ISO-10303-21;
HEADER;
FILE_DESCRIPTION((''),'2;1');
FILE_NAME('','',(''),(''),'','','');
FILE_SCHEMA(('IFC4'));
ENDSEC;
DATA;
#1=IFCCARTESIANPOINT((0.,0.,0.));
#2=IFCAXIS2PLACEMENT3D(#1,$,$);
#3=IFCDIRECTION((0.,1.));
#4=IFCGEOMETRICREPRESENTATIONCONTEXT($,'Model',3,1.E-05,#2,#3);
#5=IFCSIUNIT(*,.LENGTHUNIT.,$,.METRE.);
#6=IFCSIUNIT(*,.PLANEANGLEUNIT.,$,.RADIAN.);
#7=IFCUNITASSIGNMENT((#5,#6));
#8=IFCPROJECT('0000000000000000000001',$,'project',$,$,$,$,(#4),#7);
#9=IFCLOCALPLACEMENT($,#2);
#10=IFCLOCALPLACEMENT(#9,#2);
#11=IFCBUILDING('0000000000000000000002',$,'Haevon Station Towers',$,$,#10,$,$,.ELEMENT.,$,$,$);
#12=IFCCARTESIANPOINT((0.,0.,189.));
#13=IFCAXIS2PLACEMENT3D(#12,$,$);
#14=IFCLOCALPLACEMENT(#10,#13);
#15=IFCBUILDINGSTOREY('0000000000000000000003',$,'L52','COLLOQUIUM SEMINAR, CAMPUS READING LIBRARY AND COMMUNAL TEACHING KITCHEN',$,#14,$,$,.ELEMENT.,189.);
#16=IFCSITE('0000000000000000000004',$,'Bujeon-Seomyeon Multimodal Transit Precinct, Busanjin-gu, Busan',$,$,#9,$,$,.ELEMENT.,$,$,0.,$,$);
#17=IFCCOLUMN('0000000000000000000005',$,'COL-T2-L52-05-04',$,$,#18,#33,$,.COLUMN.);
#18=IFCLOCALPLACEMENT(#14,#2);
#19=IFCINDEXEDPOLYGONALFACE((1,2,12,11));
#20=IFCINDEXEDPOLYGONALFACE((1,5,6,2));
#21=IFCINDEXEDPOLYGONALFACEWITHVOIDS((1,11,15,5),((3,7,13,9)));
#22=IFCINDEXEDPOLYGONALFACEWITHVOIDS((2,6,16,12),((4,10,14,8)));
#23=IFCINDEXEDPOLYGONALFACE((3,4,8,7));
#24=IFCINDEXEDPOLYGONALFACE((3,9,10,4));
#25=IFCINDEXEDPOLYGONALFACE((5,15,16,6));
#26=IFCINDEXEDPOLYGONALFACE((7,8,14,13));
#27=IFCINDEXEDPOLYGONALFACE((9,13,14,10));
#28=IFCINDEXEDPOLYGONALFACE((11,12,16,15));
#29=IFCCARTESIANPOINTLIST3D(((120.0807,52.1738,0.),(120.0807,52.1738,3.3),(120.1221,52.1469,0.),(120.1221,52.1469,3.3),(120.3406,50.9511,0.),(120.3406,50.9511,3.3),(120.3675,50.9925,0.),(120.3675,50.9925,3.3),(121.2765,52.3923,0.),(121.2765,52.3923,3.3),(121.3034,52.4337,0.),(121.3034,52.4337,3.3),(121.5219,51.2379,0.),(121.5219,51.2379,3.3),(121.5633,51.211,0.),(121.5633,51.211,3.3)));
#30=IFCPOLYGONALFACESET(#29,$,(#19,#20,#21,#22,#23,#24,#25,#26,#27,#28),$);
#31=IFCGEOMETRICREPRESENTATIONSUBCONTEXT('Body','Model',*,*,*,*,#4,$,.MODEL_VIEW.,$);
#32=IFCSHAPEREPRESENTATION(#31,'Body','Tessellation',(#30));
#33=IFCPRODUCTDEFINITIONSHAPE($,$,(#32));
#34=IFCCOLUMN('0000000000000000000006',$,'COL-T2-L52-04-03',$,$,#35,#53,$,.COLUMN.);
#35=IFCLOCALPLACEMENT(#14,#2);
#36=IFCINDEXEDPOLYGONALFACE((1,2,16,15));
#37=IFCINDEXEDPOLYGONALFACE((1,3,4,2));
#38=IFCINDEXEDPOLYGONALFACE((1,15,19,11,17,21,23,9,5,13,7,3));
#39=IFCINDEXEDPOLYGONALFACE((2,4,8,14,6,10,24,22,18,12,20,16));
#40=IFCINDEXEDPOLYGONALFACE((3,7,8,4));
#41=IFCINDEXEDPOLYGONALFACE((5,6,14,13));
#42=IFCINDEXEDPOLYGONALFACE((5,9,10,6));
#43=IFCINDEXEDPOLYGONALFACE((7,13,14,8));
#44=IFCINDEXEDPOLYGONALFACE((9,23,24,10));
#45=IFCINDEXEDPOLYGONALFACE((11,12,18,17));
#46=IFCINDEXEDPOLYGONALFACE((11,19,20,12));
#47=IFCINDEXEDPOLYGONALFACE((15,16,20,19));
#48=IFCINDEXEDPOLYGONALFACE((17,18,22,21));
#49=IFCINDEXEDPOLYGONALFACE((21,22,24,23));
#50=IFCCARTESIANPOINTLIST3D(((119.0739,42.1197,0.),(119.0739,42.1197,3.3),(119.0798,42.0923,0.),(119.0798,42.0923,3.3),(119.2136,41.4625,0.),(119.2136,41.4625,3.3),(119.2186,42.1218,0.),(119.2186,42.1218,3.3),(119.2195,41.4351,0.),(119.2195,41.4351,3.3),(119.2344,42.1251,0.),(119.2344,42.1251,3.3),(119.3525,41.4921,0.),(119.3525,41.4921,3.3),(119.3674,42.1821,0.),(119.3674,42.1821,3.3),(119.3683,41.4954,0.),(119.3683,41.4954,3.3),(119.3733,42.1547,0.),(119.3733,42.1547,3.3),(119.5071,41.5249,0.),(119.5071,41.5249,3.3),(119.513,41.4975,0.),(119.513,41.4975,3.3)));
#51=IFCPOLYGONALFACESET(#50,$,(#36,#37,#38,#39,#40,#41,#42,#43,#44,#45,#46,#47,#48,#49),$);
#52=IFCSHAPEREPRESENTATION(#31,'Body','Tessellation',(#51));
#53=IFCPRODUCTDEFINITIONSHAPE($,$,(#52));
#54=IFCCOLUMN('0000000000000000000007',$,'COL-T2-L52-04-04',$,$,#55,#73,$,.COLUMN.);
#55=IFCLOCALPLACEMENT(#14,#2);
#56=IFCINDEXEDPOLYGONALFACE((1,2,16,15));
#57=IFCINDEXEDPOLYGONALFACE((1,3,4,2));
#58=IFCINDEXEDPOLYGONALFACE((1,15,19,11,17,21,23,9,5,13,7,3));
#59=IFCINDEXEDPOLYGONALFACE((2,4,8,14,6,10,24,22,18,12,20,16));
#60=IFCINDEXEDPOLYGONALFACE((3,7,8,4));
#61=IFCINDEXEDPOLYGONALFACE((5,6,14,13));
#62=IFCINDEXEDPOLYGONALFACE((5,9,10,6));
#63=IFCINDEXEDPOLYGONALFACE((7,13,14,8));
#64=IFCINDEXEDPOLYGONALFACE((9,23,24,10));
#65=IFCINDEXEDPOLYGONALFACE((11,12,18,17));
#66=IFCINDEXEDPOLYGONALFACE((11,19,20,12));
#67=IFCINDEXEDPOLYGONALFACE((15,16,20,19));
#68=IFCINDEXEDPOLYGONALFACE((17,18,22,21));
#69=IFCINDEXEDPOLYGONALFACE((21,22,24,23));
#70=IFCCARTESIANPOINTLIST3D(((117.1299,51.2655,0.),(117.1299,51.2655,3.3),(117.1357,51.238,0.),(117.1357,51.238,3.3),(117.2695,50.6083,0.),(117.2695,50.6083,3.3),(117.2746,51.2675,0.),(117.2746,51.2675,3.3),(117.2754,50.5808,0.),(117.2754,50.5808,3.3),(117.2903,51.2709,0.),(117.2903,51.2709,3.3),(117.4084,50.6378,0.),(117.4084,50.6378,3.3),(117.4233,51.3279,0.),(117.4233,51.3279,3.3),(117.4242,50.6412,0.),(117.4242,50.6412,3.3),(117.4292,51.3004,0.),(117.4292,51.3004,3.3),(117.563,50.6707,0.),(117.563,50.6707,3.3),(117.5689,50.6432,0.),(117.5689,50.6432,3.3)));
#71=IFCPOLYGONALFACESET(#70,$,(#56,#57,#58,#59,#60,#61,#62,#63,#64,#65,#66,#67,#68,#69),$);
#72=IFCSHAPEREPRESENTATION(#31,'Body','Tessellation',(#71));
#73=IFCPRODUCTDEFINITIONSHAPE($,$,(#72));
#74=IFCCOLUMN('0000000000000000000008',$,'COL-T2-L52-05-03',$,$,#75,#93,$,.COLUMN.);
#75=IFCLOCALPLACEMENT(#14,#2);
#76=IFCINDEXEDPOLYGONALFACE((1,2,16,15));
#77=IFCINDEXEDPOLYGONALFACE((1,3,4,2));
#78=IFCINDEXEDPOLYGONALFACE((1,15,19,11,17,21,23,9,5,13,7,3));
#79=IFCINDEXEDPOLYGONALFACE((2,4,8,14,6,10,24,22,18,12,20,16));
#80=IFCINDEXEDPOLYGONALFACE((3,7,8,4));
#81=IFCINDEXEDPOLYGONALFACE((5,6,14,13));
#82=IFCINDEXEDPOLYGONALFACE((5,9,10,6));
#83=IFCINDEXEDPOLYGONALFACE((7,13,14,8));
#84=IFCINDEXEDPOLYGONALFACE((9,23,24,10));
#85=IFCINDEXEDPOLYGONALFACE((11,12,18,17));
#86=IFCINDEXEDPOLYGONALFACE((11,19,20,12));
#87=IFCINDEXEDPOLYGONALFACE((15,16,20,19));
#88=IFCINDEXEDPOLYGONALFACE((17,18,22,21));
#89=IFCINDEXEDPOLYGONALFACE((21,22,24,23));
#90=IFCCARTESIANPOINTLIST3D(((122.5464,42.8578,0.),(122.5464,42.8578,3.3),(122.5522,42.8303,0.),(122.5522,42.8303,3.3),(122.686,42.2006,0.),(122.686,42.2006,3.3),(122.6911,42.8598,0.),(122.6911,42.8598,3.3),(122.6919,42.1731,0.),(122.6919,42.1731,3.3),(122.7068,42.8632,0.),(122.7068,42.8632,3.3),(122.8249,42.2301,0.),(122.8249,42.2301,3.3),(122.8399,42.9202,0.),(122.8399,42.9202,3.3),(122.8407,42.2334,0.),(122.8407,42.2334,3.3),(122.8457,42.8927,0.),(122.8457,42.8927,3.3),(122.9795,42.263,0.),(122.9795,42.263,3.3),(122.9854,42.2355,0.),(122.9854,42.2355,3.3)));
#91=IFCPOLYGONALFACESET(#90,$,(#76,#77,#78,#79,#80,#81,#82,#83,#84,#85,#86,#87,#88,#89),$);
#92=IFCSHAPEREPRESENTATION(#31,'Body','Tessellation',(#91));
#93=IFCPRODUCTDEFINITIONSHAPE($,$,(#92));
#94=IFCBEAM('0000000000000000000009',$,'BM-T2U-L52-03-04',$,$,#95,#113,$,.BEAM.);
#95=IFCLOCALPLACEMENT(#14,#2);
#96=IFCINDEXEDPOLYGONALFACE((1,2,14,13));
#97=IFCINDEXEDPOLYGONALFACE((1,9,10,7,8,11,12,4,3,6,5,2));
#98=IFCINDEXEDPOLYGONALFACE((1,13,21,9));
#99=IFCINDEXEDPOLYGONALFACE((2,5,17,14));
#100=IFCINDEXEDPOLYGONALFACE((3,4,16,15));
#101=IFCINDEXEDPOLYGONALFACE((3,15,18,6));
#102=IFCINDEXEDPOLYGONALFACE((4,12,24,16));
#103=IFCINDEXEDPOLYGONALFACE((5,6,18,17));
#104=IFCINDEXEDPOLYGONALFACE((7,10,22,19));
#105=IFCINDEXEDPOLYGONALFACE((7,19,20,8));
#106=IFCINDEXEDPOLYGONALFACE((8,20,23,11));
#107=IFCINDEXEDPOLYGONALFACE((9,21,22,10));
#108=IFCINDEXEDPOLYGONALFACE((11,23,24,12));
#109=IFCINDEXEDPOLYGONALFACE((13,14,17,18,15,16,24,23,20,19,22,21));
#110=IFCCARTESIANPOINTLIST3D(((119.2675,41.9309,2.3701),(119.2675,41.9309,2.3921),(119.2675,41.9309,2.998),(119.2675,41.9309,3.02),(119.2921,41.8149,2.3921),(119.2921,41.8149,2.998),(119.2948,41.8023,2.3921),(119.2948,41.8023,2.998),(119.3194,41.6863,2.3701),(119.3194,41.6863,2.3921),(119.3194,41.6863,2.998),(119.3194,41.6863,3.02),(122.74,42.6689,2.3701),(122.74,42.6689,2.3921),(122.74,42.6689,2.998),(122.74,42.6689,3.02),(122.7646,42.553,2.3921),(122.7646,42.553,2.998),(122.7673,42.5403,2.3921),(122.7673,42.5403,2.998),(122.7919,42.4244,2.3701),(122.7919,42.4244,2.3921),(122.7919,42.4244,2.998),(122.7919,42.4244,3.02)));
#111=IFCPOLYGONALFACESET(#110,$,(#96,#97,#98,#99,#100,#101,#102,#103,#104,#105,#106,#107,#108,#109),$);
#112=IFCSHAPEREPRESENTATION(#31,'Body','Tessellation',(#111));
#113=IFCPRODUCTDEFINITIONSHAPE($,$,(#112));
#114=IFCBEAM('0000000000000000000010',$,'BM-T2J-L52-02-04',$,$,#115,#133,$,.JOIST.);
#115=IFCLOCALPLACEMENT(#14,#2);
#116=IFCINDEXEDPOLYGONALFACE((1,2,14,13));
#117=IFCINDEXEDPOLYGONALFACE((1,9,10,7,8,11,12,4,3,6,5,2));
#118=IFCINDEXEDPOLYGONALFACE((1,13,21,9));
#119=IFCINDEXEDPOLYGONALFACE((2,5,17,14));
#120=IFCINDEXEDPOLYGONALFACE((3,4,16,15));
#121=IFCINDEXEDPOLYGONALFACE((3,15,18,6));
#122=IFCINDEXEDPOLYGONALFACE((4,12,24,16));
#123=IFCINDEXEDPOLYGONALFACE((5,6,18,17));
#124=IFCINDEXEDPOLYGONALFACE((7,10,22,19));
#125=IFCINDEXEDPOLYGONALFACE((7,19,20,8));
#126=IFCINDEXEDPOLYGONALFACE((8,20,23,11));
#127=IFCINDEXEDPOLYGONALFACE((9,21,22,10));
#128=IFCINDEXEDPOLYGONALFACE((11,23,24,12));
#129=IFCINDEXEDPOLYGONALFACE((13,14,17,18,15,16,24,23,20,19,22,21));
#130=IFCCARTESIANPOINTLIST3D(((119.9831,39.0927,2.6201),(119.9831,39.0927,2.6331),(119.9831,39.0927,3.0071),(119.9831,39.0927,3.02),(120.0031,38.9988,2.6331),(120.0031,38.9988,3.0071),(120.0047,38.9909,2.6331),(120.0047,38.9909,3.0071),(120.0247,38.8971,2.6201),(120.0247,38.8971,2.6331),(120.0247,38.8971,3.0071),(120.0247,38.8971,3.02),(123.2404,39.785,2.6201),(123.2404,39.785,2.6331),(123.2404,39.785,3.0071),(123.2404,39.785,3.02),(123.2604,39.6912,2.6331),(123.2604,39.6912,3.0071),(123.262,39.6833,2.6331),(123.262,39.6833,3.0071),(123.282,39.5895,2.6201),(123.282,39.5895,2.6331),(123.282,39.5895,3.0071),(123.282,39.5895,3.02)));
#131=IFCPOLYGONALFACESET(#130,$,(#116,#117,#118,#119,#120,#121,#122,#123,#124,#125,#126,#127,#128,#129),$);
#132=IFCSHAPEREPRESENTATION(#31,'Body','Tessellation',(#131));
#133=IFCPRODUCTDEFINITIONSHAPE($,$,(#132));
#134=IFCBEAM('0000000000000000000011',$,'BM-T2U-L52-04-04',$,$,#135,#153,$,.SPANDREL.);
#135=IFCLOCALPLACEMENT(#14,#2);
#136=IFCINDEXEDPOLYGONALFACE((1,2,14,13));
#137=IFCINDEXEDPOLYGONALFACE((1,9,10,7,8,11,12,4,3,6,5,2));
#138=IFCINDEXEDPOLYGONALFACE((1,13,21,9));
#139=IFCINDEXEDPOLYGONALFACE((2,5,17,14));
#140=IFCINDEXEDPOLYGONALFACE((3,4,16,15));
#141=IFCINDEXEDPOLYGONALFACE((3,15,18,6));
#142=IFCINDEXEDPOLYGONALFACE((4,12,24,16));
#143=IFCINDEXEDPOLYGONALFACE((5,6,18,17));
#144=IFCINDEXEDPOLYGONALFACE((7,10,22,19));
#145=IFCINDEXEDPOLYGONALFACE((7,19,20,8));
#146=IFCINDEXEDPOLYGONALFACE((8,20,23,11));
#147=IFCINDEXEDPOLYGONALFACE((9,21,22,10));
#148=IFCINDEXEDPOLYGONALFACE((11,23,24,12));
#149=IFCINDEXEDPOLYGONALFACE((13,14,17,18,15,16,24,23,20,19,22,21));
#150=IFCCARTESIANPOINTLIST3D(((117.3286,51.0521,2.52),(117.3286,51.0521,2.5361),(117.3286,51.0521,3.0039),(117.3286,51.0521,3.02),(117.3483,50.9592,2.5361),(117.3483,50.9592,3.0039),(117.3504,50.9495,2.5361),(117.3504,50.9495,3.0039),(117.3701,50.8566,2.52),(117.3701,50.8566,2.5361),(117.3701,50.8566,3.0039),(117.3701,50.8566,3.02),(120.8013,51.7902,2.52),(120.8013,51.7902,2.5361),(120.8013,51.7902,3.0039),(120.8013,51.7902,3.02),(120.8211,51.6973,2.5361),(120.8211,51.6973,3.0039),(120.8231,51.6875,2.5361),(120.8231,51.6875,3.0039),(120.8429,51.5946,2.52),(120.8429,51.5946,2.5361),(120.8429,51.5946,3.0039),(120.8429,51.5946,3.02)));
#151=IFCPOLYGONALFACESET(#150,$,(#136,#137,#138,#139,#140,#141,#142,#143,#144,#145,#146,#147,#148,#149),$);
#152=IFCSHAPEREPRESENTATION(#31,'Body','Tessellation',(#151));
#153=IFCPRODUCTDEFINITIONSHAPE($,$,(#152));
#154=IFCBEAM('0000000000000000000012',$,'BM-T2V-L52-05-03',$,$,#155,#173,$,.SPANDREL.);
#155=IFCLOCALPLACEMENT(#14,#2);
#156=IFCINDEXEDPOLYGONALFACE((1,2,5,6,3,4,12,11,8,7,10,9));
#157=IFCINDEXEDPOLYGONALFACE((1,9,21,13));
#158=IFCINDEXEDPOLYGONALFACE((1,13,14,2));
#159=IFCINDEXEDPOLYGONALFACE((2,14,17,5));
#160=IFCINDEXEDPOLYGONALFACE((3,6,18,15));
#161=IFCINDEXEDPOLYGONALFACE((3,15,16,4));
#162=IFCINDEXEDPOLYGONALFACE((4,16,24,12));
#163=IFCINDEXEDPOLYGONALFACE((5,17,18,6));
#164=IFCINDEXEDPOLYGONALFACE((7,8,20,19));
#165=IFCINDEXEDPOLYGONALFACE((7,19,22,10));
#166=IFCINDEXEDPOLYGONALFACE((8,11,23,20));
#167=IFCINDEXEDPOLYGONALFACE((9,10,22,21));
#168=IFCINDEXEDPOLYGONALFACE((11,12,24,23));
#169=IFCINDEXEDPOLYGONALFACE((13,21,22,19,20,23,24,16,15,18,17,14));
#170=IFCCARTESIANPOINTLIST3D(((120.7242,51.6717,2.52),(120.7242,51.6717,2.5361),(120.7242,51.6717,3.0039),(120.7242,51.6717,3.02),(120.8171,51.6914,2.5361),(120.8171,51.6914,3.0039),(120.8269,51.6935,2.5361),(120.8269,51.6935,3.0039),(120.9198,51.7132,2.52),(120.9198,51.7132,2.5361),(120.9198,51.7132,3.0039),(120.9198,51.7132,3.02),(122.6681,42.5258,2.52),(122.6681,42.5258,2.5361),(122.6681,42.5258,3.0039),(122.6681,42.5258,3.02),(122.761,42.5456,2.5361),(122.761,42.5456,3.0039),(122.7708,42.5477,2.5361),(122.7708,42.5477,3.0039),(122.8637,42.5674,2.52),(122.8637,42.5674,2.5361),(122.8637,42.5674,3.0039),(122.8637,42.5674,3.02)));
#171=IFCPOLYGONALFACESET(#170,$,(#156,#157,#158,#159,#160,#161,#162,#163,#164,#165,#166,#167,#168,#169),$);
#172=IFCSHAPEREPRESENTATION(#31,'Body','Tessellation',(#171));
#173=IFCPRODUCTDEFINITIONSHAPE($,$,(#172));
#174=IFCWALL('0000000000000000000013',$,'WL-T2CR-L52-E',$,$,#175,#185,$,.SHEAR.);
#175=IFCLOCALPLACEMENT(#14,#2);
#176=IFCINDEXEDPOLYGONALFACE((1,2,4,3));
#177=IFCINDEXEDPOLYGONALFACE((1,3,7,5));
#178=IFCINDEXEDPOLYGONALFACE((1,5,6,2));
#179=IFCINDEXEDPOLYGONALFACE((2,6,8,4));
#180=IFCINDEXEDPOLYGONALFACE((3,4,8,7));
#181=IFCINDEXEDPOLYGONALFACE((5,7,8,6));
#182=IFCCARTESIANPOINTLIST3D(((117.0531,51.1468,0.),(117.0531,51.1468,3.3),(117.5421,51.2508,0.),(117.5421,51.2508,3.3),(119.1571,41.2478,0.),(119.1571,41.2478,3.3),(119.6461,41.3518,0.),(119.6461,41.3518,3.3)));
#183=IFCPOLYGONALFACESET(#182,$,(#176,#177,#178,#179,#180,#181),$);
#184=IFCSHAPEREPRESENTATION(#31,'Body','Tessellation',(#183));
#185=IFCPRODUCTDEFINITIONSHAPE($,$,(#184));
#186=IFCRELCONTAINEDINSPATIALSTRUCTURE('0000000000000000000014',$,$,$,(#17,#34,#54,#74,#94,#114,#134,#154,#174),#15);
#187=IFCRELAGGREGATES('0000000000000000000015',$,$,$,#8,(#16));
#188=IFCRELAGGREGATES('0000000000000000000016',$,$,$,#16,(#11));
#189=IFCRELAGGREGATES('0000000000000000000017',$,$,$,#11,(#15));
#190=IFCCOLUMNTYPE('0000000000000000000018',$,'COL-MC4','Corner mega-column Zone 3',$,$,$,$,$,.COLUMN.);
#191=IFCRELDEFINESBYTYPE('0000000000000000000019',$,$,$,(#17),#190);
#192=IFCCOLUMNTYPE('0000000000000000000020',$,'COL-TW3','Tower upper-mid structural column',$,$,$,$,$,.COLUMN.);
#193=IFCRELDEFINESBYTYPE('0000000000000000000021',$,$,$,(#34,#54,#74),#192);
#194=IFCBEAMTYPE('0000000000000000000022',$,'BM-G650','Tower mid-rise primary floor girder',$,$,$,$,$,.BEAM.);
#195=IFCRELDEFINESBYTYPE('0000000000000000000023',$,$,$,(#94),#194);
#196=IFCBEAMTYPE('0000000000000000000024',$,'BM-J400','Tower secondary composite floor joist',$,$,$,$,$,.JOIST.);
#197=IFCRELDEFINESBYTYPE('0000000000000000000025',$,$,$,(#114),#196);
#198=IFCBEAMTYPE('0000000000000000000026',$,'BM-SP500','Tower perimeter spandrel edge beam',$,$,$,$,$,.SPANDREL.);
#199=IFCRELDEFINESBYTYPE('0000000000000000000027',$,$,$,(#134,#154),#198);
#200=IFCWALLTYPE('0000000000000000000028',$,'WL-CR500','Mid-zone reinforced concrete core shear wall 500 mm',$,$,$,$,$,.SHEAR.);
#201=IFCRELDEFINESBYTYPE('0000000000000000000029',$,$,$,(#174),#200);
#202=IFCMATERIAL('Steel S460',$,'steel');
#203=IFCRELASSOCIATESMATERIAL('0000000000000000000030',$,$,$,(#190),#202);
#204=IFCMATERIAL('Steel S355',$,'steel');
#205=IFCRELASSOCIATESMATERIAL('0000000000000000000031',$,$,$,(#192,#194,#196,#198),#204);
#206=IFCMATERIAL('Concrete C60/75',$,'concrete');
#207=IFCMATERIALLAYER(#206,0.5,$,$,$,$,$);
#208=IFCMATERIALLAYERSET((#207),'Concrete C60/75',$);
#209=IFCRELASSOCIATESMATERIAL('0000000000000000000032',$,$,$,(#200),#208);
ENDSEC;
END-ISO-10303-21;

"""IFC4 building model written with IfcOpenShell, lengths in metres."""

from ifc_helpers import new_model, si_unit, direction, frame, frame_2d, origin, origin_2d, place, context, subcontext, project, spatial, rectangle, hollow_rectangle, i_section, extrude, material, layer, layer_set, material_profile, profile_set, type_object, element, save


model = new_model("IFC4")

# Units and contexts
model_context = context("Model", 3, precision=1e-05, world=origin(), true_north=direction((0.0, 1.0)))
body_context = subcontext(model_context, "Body", "Model", "MODEL_VIEW")
ifc_project = project(units=[si_unit("LENGTHUNIT", "METRE"), si_unit("PLANEANGLEUNIT", "RADIAN")], contexts=[model_context])

# Site, building, storey
site_placement = place(None, origin())
site = spatial("IfcSite", under=ifc_project, at=site_placement, Name="Bujeon-Seomyeon Multimodal Transit Precinct, Busanjin-gu, Busan", CompositionType="ELEMENT", RefElevation=0.0)
building_placement = place(site_placement, origin())
building = spatial("IfcBuilding", under=site, at=building_placement, Name="Haevon Station Towers", CompositionType="ELEMENT")
storey_placement = place(building_placement, frame((0.0, 0.0, 189.0)))
storey = spatial("IfcBuildingStorey", under=building, at=storey_placement, Name="L52", Description="COLLOQUIUM SEMINAR, CAMPUS READING LIBRARY AND COMMUNAL TEACHING KITCHEN", CompositionType="ELEMENT", Elevation=189.0)

# Columns
ifc_material_1 = material(Name="Steel S460", Category="steel")
ifc_material_profile_1 = material_profile(ifc_material_1, hollow_rectangle(XDim=1.25, YDim=1.25, WallThickness=0.0349, at=origin_2d()), Name="BOX-1250x1250x35")
ifc_profile_set_1 = profile_set([ifc_material_profile_1], Name="Steel S460")
column_type_1 = type_object("IfcColumnType", Name="COL-MC4", Description="Corner mega-column Zone 3", PredefinedType="COLUMN", material=ifc_profile_set_1)
column_placement = place(storey_placement, frame((120.822, 51.6924, 0.0), z_axis=(0.0, 0.0, 1.0), x_axis=(0.978148, 0.207912, 0.0)))
element("IfcColumn", 1, at=column_placement, inside=storey, type_object=column_type_1, Name="COL-T2-L52-05-04", PredefinedType="COLUMN", context=body_context, shape_type="SweptSolid", body=[
    extrude(hollow_rectangle(XDim=1.25, YDim=1.25, WallThickness=0.0349, at=origin_2d()), origin(), (0.0, 0.0, 1.0), 3.3),
])
ifc_material_2 = material(Name="Steel S355", Category="steel")
ifc_material_profile_2 = material_profile(ifc_material_2, i_section(OverallWidth=0.3, OverallDepth=0.7, WebThickness=0.0161, FlangeThickness=0.0281, at=origin_2d()), Name="H-700x300x16x28")
ifc_profile_set_2 = profile_set([ifc_material_profile_2], Name="Steel S355")
column_type_2 = type_object("IfcColumnType", Name="COL-TW3", Description="Tower upper-mid structural column", PredefinedType="COLUMN", material=ifc_profile_set_2)
for number, where, z_axis, x_axis, name in (
    (2, (119.2935, 41.8086, 0.0), (0.0, 0.0, 1.0), (0.978148, 0.207912, 0.0), "COL-T2-L52-04-03"),
    (3, (117.3494, 50.9543, 0.0), (0.0, 0.0, 1.0), (0.978148, 0.207912, 0.0), "COL-T2-L52-04-04"),
    (4, (122.7659, 42.5466, 0.0), (0.0, 0.0, 1.0), (0.978148, 0.207912, 0.0), "COL-T2-L52-05-03"),
):
    element("IfcColumn", number, at=place(storey_placement, frame(where, z_axis=z_axis, x_axis=x_axis)), inside=storey, type_object=column_type_2, Name=name, PredefinedType="COLUMN", context=body_context, shape_type="SweptSolid", body=[
        extrude(i_section(OverallWidth=0.3, OverallDepth=0.7, WebThickness=0.0161, FlangeThickness=0.0281, at=origin_2d()), origin(), (0.0, 0.0, 1.0), 3.3),
    ])

# Beams
ifc_material_profile_3 = material_profile(ifc_material_2, i_section(OverallWidth=0.25, OverallDepth=0.6499, WebThickness=0.0129, FlangeThickness=0.022, at=origin_2d()), Name="H-650x250x13x22")
ifc_profile_set_3 = profile_set([ifc_material_profile_3], Name="Steel S355")
beam_type_1 = type_object("IfcBeamType", Name="BM-G650", Description="Tower mid-rise primary floor girder", PredefinedType="BEAM", material=ifc_profile_set_3)
beam_1_placement = place(storey_placement, frame((119.2935, 41.8086, 2.6951), z_axis=(0.97815, 0.207899, 0.0), x_axis=(-0.207899, 0.97815, 0.0)))
element("IfcBeam", 5, at=beam_1_placement, inside=storey, type_object=beam_type_1, Name="BM-T2U-L52-03-04", PredefinedType="BEAM", context=body_context, shape_type="SweptSolid", body=[
    extrude(i_section(OverallWidth=0.25, OverallDepth=0.6499, WebThickness=0.0129, FlangeThickness=0.022, at=origin_2d()), origin(), (0.0, 0.0, 1.0), 3.55),
])
ifc_material_profile_4 = material_profile(ifc_material_2, i_section(OverallWidth=0.2, OverallDepth=0.3999, WebThickness=0.0081, FlangeThickness=0.0129, at=origin_2d()), Name="H-400x200x8x13")
ifc_profile_set_4 = profile_set([ifc_material_profile_4], Name="Steel S355")
beam_type_2 = type_object("IfcBeamType", Name="BM-J400", Description="Tower secondary composite floor joist", PredefinedType="JOIST", material=ifc_profile_set_4)
beam_2_placement = place(storey_placement, frame((120.0039, 38.9949, 2.8201), z_axis=(0.978147, 0.207917, 0.0), x_axis=(-0.207917, 0.978147, 0.0)))
element("IfcBeam", 6, at=beam_2_placement, inside=storey, type_object=beam_type_2, Name="BM-T2J-L52-02-04", PredefinedType="JOIST", context=body_context, shape_type="SweptSolid", body=[
    extrude(i_section(OverallWidth=0.2, OverallDepth=0.3999, WebThickness=0.0081, FlangeThickness=0.0129, at=origin_2d()), origin(), (0.0, 0.0, 1.0), 3.3301),
])
ifc_material_profile_5 = material_profile(ifc_material_2, i_section(OverallWidth=0.2, OverallDepth=0.5, WebThickness=0.01, FlangeThickness=0.0161, at=origin_2d()), Name="H-500x200x10x16")
ifc_profile_set_5 = profile_set([ifc_material_profile_5], Name="Steel S355")
beam_type_3 = type_object("IfcBeamType", Name="BM-SP500", Description="Tower perimeter spandrel edge beam", PredefinedType="SPANDREL", material=ifc_profile_set_5)
beam_3_placement = place(storey_placement, frame((117.3494, 50.9543, 2.77), z_axis=(0.978153, 0.207885, 0.0), x_axis=(-0.207885, 0.978153, 0.0)))
element("IfcBeam", 7, at=beam_3_placement, inside=storey, type_object=beam_type_3, Name="BM-T2U-L52-04-04", PredefinedType="SPANDREL", context=body_context, shape_type="SweptSolid", body=[
    extrude(i_section(OverallWidth=0.2, OverallDepth=0.5, WebThickness=0.01, FlangeThickness=0.0161, at=origin_2d()), origin(), (0.0, 0.0, 1.0), 3.5503),
])
beam_4_placement = place(storey_placement, frame((122.7659, 42.5466, 2.77), z_axis=(-0.207897, 0.978151, 0.0), x_axis=(-0.978151, -0.207897, 0.0)))
element("IfcBeam", 8, at=beam_4_placement, inside=storey, type_object=beam_type_3, Name="BM-T2V-L52-05-03", PredefinedType="SPANDREL", context=body_context, shape_type="SweptSolid", body=[
    extrude(i_section(OverallWidth=0.2, OverallDepth=0.5, WebThickness=0.01, FlangeThickness=0.0161, at=origin_2d()), origin(), (0.0, 0.0, 1.0), 9.3501),
])

# Wall
ifc_material_3 = material(Name="Concrete C60/75", Category="concrete")
ifc_layer_1 = layer(ifc_material_3, 0.5)
ifc_layer_set_1 = layer_set([ifc_layer_1], Name="Concrete C60/75")
wall_type_1 = type_object("IfcWallType", Name="WL-CR500", Description="Mid-zone reinforced concrete core shear wall 500 mm", PredefinedType="SHEAR", material=ifc_layer_set_1)
wall_1_placement = place(storey_placement, frame((119.4016, 41.2998, 0.0), z_axis=(0.0, 0.0, 1.0), x_axis=(-0.207904, 0.978149, 0.0)))
element("IfcWall", 9, at=wall_1_placement, inside=storey, type_object=wall_type_1, Name="WL-T2CR-L52-E", PredefinedType="SHEAR", context=body_context, shape_type="SweptSolid", body=[
    extrude(rectangle(XDim=10.1201, YDim=0.5, at=frame_2d((5.0601, 0.0))), origin(), (0.0, 0.0, 1.0), 3.3),
])

save(model, "model.ifc")
